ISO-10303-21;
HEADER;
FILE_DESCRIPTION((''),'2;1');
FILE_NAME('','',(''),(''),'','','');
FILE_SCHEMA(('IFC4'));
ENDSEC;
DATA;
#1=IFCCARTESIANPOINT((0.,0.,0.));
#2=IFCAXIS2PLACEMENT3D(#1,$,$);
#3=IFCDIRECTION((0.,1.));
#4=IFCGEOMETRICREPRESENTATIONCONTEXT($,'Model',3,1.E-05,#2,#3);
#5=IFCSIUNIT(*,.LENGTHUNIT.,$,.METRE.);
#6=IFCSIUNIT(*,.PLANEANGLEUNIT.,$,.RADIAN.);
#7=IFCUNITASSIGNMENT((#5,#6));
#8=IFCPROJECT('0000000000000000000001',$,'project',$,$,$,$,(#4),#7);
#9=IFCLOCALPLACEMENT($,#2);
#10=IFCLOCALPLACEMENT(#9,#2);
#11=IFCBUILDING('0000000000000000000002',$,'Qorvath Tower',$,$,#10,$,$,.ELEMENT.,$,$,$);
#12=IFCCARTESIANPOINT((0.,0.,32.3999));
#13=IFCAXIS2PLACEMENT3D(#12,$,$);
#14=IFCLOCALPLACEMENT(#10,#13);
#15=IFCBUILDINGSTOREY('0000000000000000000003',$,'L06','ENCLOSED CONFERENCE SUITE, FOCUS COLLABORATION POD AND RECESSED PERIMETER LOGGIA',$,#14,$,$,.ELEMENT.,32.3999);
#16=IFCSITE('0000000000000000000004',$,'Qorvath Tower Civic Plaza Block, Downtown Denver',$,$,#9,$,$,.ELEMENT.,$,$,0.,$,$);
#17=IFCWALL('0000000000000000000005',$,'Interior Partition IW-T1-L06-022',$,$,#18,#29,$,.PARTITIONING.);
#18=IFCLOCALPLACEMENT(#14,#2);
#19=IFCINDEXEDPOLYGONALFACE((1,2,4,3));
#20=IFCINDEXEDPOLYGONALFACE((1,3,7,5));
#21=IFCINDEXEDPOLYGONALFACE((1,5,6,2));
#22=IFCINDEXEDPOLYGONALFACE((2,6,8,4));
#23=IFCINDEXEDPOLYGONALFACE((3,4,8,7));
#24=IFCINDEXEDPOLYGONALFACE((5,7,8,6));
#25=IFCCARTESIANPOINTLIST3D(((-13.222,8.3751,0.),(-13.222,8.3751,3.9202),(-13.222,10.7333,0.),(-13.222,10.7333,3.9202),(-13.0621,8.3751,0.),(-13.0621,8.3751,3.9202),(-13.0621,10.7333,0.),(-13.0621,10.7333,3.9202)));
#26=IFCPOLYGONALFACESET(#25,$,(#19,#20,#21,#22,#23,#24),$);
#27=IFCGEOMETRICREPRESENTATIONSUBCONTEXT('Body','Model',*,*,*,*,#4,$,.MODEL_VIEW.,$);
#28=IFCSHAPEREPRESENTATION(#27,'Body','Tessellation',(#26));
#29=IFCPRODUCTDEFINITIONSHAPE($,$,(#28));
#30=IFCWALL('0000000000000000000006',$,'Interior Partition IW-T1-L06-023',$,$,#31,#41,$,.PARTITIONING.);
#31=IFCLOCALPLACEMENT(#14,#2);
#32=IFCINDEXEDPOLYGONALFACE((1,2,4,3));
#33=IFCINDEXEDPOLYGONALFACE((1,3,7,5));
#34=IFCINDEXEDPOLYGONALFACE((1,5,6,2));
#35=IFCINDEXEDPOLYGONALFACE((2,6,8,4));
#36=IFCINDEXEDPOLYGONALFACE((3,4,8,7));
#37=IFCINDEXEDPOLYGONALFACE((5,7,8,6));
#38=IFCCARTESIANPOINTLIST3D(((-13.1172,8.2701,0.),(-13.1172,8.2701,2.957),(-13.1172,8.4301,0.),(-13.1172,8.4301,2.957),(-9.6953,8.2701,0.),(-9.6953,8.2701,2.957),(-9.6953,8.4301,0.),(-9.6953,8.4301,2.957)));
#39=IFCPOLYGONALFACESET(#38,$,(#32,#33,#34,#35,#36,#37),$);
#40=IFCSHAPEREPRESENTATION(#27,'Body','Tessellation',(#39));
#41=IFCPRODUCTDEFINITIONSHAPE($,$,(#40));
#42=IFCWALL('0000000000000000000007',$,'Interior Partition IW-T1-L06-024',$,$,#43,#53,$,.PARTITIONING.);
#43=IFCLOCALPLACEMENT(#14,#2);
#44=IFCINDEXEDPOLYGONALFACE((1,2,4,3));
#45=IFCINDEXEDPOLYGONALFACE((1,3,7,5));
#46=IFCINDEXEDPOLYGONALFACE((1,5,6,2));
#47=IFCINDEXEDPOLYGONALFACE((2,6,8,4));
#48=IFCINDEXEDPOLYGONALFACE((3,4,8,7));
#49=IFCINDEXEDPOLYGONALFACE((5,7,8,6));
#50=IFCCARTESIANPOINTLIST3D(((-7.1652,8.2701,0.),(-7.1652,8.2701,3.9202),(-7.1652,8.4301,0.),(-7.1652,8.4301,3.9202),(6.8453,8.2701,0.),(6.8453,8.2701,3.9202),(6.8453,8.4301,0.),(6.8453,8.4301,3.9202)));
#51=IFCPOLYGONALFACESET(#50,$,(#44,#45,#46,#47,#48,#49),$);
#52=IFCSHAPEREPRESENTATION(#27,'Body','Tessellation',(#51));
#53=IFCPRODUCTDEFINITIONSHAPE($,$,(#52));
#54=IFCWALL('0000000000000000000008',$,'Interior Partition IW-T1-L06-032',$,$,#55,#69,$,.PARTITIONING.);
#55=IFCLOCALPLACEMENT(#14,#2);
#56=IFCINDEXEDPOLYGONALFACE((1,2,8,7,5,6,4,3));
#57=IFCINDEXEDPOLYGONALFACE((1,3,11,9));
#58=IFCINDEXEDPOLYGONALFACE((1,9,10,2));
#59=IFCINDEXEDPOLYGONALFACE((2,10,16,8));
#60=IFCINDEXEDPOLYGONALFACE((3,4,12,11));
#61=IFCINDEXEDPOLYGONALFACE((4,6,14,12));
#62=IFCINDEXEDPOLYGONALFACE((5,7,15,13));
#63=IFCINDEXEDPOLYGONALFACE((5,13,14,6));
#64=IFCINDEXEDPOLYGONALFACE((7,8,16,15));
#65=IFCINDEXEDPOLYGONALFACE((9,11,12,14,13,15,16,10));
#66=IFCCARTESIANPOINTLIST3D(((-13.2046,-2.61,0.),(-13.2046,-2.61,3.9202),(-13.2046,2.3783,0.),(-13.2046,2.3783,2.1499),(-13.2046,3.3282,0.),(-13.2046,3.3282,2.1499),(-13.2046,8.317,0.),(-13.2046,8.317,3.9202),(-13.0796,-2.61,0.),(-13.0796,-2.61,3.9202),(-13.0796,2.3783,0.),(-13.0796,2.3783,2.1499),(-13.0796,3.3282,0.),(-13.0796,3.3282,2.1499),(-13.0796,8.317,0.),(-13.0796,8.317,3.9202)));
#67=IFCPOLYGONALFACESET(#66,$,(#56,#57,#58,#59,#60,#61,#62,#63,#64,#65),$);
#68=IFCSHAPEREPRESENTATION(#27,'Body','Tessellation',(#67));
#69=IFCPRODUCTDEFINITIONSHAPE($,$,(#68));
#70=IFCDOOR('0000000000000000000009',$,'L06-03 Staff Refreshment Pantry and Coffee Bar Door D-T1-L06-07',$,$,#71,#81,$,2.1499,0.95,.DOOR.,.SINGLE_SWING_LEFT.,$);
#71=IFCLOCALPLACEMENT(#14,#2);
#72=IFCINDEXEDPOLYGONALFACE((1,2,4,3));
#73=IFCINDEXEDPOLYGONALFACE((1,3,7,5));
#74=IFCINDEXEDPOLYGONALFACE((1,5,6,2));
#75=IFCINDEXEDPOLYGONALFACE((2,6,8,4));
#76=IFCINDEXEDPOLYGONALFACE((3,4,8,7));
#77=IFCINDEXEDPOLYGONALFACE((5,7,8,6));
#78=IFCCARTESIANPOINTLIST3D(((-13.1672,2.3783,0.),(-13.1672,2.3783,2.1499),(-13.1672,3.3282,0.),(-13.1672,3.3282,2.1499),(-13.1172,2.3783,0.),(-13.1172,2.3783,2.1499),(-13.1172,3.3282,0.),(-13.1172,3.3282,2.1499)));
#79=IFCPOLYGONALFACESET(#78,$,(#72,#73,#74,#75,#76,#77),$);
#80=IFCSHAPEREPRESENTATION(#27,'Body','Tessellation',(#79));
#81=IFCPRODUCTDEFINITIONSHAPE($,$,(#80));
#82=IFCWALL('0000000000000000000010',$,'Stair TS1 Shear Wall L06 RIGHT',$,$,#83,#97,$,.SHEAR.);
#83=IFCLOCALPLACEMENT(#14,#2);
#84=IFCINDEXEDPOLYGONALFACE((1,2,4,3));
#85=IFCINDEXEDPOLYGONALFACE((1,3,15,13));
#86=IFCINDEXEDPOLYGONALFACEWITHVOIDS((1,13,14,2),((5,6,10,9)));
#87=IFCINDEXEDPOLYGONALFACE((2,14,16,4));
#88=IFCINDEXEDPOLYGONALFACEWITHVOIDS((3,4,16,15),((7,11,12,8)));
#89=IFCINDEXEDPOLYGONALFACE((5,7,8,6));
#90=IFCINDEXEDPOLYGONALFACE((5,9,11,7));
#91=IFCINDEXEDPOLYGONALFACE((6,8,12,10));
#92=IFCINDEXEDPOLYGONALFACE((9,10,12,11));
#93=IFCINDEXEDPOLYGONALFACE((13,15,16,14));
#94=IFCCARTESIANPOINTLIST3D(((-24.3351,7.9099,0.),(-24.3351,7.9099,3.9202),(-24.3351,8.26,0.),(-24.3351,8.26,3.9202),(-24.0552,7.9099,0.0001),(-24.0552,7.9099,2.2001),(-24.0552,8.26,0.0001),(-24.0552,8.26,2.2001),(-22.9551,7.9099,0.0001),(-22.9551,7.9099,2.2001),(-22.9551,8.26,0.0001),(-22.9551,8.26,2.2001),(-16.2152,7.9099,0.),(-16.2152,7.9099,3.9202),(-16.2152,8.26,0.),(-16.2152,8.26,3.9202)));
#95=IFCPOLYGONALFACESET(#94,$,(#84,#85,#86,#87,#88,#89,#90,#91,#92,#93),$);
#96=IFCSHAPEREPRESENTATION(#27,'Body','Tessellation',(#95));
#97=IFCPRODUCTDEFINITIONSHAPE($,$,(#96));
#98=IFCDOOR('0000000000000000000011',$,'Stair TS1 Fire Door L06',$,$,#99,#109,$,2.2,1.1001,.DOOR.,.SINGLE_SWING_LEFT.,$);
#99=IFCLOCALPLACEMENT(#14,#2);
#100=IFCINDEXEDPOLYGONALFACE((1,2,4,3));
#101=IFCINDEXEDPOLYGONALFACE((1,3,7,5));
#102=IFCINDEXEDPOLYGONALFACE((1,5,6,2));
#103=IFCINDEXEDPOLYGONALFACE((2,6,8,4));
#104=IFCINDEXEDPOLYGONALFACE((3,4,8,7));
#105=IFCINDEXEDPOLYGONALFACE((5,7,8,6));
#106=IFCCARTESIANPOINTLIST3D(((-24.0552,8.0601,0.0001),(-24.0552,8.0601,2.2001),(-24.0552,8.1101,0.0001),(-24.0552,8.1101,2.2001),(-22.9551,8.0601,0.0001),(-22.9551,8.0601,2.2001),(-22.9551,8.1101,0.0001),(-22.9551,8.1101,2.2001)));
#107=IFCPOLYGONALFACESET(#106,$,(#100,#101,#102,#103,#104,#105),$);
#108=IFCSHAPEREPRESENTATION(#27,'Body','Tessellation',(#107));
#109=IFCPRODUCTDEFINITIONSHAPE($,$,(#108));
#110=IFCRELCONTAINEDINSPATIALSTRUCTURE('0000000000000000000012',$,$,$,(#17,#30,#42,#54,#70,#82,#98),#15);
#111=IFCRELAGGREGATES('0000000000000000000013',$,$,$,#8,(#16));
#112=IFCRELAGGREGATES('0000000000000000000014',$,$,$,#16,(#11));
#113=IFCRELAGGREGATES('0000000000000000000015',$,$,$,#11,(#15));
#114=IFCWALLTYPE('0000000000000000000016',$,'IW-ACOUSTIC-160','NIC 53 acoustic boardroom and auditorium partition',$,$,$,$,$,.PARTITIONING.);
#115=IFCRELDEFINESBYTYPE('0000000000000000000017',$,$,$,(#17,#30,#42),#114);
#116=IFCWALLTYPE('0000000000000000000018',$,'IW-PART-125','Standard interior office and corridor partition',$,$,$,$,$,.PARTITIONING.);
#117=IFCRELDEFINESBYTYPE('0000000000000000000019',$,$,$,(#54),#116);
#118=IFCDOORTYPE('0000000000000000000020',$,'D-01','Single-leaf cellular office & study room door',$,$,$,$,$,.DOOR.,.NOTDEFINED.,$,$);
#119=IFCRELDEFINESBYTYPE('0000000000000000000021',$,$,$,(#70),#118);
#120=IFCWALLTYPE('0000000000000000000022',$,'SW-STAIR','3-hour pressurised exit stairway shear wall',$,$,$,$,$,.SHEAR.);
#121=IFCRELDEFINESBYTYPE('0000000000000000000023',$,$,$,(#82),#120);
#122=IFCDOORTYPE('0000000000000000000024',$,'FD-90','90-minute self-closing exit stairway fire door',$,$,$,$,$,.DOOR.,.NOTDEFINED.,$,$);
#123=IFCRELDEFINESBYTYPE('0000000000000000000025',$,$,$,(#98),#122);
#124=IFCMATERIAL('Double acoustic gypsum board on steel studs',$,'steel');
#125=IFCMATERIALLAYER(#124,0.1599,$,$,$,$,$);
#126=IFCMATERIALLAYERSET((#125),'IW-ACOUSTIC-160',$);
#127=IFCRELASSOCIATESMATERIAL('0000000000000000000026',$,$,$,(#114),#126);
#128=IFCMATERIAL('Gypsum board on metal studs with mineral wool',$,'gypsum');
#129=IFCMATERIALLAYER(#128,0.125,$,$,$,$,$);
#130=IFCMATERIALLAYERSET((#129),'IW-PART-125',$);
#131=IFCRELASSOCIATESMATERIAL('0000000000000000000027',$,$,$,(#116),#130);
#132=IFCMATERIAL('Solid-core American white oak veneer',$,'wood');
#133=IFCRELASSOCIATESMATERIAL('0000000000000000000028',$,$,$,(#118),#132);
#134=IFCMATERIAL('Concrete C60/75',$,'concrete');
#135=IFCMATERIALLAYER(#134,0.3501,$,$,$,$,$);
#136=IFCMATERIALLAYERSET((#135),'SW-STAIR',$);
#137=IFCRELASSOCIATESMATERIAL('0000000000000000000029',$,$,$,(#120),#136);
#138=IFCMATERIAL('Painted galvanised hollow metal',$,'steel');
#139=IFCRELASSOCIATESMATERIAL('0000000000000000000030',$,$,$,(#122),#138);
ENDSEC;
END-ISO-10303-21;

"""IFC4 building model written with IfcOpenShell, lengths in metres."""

from ifc_helpers import new_model, si_unit, direction, frame, frame_2d, origin, place, context, subcontext, project, spatial, rectangle, extrude, material, layer, layer_set, type_object, element, fill, save


model = new_model("IFC4")

# Units and contexts
model_context = context("Model", 3, precision=1e-05, world=origin(), true_north=direction((0.0, 1.0)))
body_context = subcontext(model_context, "Body", "Model", "MODEL_VIEW")
ifc_project = project(units=[si_unit("LENGTHUNIT", "METRE"), si_unit("PLANEANGLEUNIT", "RADIAN")], contexts=[model_context])

# Site, building, storey
site_placement = place(None, origin())
site = spatial("IfcSite", under=ifc_project, at=site_placement, Name="Qorvath Tower Civic Plaza Block, Downtown Denver", CompositionType="ELEMENT", RefElevation=0.0)
building_placement = place(site_placement, origin())
building = spatial("IfcBuilding", under=site, at=building_placement, Name="Qorvath Tower", CompositionType="ELEMENT")
storey_placement = place(building_placement, frame((0.0, 0.0, 32.3999)))
storey = spatial("IfcBuildingStorey", under=building, at=storey_placement, Name="L06", Description="ENCLOSED CONFERENCE SUITE, FOCUS COLLABORATION POD AND RECESSED PERIMETER LOGGIA", CompositionType="ELEMENT", Elevation=32.3999)

# Walls
ifc_material_1 = material(Name="Double acoustic gypsum board on steel studs", Category="steel")
ifc_layer_1 = layer(ifc_material_1, 0.1599)
ifc_layer_set_1 = layer_set([ifc_layer_1], Name="IW-ACOUSTIC-160")
wall_type_1 = type_object("IfcWallType", Name="IW-ACOUSTIC-160", Description="NIC 53 acoustic boardroom and auditorium partition", PredefinedType="PARTITIONING", material=ifc_layer_set_1)
wall_1_placement = place(storey_placement, frame((-13.1421, 8.375, 0.0), z_axis=(0.0, 0.0, 1.0), x_axis=(0.0, 1.0, 0.0)))
element("IfcWall", 1, at=wall_1_placement, inside=storey, type_object=wall_type_1, Name="Interior Partition IW-T1-L06-022", PredefinedType="PARTITIONING", context=body_context, shape_type="SweptSolid", body=[
    extrude(rectangle(XDim=2.3582, YDim=0.1599, at=frame_2d((1.1792, 0.0))), origin(), (0.0, 0.0, 1.0), 3.9202),
])
wall_2_placement = place(storey_placement, frame((-13.1172, 8.3501, 0.0), z_axis=(0.0, 0.0, 1.0), x_axis=(1.0, 0.0, 0.0)))
element("IfcWall", 2, at=wall_2_placement, inside=storey, type_object=wall_type_1, Name="Interior Partition IW-T1-L06-023", PredefinedType="PARTITIONING", context=body_context, shape_type="SweptSolid", body=[
    extrude(rectangle(XDim=3.4219, YDim=0.1599, at=frame_2d((1.7109, 0.0))), origin(), (0.0, 0.0, 1.0), 2.957),
])
wall_3_placement = place(storey_placement, frame((-7.1653, 8.3501, 0.0), z_axis=(0.0, 0.0, 1.0), x_axis=(1.0, 0.0, 0.0)))
element("IfcWall", 3, at=wall_3_placement, inside=storey, type_object=wall_type_1, Name="Interior Partition IW-T1-L06-024", PredefinedType="PARTITIONING", context=body_context, shape_type="SweptSolid", body=[
    extrude(rectangle(XDim=14.0105, YDim=0.1599, at=frame_2d((7.0054, 0.0))), origin(), (0.0, 0.0, 1.0), 3.9202),
])

# Walls, openings, doors
ifc_material_2 = material(Name="Gypsum board on metal studs with mineral wool", Category="gypsum")
ifc_layer_2 = layer(ifc_material_2, 0.125)
ifc_layer_set_2 = layer_set([ifc_layer_2], Name="IW-PART-125")
wall_type_2 = type_object("IfcWallType", Name="IW-PART-125", Description="Standard interior office and corridor partition", PredefinedType="PARTITIONING", material=ifc_layer_set_2)
wall_4_placement = place(storey_placement, frame((-13.1421, 8.3169, 0.0), z_axis=(0.0, 0.0, 1.0), x_axis=(0.0, -1.0, 0.0)))
wall_4 = element("IfcWall", 4, at=wall_4_placement, inside=storey, type_object=wall_type_2, Name="Interior Partition IW-T1-L06-032", PredefinedType="PARTITIONING", context=body_context, shape_type="SweptSolid", body=[
    extrude(rectangle(XDim=10.927, YDim=0.125, at=frame_2d((5.4634, 0.0))), origin(), (0.0, 0.0, 1.0), 3.9202),
])
opening_1_placement = place(wall_4_placement, frame((4.9885, 0.0, 0.0)))
opening_1 = element("IfcOpeningElement", 5, at=opening_1_placement, cuts=wall_4, PredefinedType="OPENING", context=body_context, shape_type="SweptSolid", body=[
    extrude(rectangle(XDim=0.95, YDim=2.1499, at=frame_2d((0.4751, 1.075))), frame((0.0, 0.0725, 0.0), z_axis=(0.0, -1.0, 0.0), x_axis=(1.0, 0.0, 0.0)), (0.0, 0.0, 1.0), 0.145),
])
ifc_material_3 = material(Name="Solid-core American white oak veneer", Category="wood")
door_type_1 = type_object("IfcDoorType", Name="D-01", Description="Single-leaf cellular office & study room door", OperationType="NOTDEFINED", PredefinedType="DOOR", material=ifc_material_3)
door_1_placement = place(opening_1_placement, origin())
door_1 = element("IfcDoor", 6, at=door_1_placement, inside=storey, type_object=door_type_1, Name="L06-03 Staff Refreshment Pantry and Coffee Bar Door D-T1-L06-07", OperationType="SINGLE_SWING_LEFT", OverallHeight=2.1499, OverallWidth=0.95, PredefinedType="DOOR", context=body_context, shape_type="SweptSolid", body=[
    extrude(rectangle(XDim=0.95, YDim=2.1499, at=frame_2d((0.4751, 1.075))), frame((0.0, 0.0249, 0.0), z_axis=(0.0, -1.0, 0.0), x_axis=(1.0, 0.0, 0.0)), (0.0, 0.0, 1.0), 0.05),
])
fill(opening_1, door_1)
ifc_material_4 = material(Name="Concrete C60/75", Category="concrete")
ifc_layer_3 = layer(ifc_material_4, 0.3501)
ifc_layer_set_3 = layer_set([ifc_layer_3], Name="SW-STAIR")
wall_type_3 = type_object("IfcWallType", Name="SW-STAIR", Description="3-hour pressurised exit stairway shear wall", PredefinedType="SHEAR", material=ifc_layer_set_3)
wall_5_placement = place(storey_placement, frame((-16.2151, 8.085, 0.0), z_axis=(0.0, 0.0, 1.0), x_axis=(-1.0, 0.0, 0.0)))
wall_5 = element("IfcWall", 7, at=wall_5_placement, inside=storey, type_object=wall_type_3, Name="Stair TS1 Shear Wall L06 RIGHT", PredefinedType="SHEAR", context=body_context, shape_type="SweptSolid", body=[
    extrude(rectangle(XDim=8.1199, YDim=0.3501, at=frame_2d((4.0601, 0.0))), origin(), (0.0, 0.0, 1.0), 3.9202),
])
opening_2_placement = place(wall_5_placement, frame((6.74, 0.0, 0.0)))
opening_2 = element("IfcOpeningElement", 8, at=opening_2_placement, cuts=wall_5, PredefinedType="OPENING", context=body_context, shape_type="SweptSolid", body=[
    extrude(rectangle(XDim=1.1001, YDim=2.2, at=frame_2d((0.55, 1.1001))), frame((0.0, 0.1851, 0.0), z_axis=(0.0, -1.0, 0.0), x_axis=(1.0, 0.0, 0.0)), (0.0, 0.0, 1.0), 0.3701),
])
ifc_material_5 = material(Name="Painted galvanised hollow metal", Category="steel")
door_type_2 = type_object("IfcDoorType", Name="FD-90", Description="90-minute self-closing exit stairway fire door", OperationType="NOTDEFINED", PredefinedType="DOOR", material=ifc_material_5)
door_2_placement = place(opening_2_placement, origin())
door_2 = element("IfcDoor", 9, at=door_2_placement, inside=storey, type_object=door_type_2, Name="Stair TS1 Fire Door L06", OperationType="SINGLE_SWING_LEFT", OverallHeight=2.2, OverallWidth=1.1001, PredefinedType="DOOR", context=body_context, shape_type="SweptSolid", body=[
    extrude(rectangle(XDim=1.1001, YDim=2.2, at=frame_2d((0.55, 1.1001))), frame((0.0, 0.0249, 0.0), z_axis=(0.0, -1.0, 0.0), x_axis=(1.0, 0.0, 0.0)), (0.0, 0.0, 1.0), 0.05),
])
fill(opening_2, door_2)

save(model, "model.ifc")
